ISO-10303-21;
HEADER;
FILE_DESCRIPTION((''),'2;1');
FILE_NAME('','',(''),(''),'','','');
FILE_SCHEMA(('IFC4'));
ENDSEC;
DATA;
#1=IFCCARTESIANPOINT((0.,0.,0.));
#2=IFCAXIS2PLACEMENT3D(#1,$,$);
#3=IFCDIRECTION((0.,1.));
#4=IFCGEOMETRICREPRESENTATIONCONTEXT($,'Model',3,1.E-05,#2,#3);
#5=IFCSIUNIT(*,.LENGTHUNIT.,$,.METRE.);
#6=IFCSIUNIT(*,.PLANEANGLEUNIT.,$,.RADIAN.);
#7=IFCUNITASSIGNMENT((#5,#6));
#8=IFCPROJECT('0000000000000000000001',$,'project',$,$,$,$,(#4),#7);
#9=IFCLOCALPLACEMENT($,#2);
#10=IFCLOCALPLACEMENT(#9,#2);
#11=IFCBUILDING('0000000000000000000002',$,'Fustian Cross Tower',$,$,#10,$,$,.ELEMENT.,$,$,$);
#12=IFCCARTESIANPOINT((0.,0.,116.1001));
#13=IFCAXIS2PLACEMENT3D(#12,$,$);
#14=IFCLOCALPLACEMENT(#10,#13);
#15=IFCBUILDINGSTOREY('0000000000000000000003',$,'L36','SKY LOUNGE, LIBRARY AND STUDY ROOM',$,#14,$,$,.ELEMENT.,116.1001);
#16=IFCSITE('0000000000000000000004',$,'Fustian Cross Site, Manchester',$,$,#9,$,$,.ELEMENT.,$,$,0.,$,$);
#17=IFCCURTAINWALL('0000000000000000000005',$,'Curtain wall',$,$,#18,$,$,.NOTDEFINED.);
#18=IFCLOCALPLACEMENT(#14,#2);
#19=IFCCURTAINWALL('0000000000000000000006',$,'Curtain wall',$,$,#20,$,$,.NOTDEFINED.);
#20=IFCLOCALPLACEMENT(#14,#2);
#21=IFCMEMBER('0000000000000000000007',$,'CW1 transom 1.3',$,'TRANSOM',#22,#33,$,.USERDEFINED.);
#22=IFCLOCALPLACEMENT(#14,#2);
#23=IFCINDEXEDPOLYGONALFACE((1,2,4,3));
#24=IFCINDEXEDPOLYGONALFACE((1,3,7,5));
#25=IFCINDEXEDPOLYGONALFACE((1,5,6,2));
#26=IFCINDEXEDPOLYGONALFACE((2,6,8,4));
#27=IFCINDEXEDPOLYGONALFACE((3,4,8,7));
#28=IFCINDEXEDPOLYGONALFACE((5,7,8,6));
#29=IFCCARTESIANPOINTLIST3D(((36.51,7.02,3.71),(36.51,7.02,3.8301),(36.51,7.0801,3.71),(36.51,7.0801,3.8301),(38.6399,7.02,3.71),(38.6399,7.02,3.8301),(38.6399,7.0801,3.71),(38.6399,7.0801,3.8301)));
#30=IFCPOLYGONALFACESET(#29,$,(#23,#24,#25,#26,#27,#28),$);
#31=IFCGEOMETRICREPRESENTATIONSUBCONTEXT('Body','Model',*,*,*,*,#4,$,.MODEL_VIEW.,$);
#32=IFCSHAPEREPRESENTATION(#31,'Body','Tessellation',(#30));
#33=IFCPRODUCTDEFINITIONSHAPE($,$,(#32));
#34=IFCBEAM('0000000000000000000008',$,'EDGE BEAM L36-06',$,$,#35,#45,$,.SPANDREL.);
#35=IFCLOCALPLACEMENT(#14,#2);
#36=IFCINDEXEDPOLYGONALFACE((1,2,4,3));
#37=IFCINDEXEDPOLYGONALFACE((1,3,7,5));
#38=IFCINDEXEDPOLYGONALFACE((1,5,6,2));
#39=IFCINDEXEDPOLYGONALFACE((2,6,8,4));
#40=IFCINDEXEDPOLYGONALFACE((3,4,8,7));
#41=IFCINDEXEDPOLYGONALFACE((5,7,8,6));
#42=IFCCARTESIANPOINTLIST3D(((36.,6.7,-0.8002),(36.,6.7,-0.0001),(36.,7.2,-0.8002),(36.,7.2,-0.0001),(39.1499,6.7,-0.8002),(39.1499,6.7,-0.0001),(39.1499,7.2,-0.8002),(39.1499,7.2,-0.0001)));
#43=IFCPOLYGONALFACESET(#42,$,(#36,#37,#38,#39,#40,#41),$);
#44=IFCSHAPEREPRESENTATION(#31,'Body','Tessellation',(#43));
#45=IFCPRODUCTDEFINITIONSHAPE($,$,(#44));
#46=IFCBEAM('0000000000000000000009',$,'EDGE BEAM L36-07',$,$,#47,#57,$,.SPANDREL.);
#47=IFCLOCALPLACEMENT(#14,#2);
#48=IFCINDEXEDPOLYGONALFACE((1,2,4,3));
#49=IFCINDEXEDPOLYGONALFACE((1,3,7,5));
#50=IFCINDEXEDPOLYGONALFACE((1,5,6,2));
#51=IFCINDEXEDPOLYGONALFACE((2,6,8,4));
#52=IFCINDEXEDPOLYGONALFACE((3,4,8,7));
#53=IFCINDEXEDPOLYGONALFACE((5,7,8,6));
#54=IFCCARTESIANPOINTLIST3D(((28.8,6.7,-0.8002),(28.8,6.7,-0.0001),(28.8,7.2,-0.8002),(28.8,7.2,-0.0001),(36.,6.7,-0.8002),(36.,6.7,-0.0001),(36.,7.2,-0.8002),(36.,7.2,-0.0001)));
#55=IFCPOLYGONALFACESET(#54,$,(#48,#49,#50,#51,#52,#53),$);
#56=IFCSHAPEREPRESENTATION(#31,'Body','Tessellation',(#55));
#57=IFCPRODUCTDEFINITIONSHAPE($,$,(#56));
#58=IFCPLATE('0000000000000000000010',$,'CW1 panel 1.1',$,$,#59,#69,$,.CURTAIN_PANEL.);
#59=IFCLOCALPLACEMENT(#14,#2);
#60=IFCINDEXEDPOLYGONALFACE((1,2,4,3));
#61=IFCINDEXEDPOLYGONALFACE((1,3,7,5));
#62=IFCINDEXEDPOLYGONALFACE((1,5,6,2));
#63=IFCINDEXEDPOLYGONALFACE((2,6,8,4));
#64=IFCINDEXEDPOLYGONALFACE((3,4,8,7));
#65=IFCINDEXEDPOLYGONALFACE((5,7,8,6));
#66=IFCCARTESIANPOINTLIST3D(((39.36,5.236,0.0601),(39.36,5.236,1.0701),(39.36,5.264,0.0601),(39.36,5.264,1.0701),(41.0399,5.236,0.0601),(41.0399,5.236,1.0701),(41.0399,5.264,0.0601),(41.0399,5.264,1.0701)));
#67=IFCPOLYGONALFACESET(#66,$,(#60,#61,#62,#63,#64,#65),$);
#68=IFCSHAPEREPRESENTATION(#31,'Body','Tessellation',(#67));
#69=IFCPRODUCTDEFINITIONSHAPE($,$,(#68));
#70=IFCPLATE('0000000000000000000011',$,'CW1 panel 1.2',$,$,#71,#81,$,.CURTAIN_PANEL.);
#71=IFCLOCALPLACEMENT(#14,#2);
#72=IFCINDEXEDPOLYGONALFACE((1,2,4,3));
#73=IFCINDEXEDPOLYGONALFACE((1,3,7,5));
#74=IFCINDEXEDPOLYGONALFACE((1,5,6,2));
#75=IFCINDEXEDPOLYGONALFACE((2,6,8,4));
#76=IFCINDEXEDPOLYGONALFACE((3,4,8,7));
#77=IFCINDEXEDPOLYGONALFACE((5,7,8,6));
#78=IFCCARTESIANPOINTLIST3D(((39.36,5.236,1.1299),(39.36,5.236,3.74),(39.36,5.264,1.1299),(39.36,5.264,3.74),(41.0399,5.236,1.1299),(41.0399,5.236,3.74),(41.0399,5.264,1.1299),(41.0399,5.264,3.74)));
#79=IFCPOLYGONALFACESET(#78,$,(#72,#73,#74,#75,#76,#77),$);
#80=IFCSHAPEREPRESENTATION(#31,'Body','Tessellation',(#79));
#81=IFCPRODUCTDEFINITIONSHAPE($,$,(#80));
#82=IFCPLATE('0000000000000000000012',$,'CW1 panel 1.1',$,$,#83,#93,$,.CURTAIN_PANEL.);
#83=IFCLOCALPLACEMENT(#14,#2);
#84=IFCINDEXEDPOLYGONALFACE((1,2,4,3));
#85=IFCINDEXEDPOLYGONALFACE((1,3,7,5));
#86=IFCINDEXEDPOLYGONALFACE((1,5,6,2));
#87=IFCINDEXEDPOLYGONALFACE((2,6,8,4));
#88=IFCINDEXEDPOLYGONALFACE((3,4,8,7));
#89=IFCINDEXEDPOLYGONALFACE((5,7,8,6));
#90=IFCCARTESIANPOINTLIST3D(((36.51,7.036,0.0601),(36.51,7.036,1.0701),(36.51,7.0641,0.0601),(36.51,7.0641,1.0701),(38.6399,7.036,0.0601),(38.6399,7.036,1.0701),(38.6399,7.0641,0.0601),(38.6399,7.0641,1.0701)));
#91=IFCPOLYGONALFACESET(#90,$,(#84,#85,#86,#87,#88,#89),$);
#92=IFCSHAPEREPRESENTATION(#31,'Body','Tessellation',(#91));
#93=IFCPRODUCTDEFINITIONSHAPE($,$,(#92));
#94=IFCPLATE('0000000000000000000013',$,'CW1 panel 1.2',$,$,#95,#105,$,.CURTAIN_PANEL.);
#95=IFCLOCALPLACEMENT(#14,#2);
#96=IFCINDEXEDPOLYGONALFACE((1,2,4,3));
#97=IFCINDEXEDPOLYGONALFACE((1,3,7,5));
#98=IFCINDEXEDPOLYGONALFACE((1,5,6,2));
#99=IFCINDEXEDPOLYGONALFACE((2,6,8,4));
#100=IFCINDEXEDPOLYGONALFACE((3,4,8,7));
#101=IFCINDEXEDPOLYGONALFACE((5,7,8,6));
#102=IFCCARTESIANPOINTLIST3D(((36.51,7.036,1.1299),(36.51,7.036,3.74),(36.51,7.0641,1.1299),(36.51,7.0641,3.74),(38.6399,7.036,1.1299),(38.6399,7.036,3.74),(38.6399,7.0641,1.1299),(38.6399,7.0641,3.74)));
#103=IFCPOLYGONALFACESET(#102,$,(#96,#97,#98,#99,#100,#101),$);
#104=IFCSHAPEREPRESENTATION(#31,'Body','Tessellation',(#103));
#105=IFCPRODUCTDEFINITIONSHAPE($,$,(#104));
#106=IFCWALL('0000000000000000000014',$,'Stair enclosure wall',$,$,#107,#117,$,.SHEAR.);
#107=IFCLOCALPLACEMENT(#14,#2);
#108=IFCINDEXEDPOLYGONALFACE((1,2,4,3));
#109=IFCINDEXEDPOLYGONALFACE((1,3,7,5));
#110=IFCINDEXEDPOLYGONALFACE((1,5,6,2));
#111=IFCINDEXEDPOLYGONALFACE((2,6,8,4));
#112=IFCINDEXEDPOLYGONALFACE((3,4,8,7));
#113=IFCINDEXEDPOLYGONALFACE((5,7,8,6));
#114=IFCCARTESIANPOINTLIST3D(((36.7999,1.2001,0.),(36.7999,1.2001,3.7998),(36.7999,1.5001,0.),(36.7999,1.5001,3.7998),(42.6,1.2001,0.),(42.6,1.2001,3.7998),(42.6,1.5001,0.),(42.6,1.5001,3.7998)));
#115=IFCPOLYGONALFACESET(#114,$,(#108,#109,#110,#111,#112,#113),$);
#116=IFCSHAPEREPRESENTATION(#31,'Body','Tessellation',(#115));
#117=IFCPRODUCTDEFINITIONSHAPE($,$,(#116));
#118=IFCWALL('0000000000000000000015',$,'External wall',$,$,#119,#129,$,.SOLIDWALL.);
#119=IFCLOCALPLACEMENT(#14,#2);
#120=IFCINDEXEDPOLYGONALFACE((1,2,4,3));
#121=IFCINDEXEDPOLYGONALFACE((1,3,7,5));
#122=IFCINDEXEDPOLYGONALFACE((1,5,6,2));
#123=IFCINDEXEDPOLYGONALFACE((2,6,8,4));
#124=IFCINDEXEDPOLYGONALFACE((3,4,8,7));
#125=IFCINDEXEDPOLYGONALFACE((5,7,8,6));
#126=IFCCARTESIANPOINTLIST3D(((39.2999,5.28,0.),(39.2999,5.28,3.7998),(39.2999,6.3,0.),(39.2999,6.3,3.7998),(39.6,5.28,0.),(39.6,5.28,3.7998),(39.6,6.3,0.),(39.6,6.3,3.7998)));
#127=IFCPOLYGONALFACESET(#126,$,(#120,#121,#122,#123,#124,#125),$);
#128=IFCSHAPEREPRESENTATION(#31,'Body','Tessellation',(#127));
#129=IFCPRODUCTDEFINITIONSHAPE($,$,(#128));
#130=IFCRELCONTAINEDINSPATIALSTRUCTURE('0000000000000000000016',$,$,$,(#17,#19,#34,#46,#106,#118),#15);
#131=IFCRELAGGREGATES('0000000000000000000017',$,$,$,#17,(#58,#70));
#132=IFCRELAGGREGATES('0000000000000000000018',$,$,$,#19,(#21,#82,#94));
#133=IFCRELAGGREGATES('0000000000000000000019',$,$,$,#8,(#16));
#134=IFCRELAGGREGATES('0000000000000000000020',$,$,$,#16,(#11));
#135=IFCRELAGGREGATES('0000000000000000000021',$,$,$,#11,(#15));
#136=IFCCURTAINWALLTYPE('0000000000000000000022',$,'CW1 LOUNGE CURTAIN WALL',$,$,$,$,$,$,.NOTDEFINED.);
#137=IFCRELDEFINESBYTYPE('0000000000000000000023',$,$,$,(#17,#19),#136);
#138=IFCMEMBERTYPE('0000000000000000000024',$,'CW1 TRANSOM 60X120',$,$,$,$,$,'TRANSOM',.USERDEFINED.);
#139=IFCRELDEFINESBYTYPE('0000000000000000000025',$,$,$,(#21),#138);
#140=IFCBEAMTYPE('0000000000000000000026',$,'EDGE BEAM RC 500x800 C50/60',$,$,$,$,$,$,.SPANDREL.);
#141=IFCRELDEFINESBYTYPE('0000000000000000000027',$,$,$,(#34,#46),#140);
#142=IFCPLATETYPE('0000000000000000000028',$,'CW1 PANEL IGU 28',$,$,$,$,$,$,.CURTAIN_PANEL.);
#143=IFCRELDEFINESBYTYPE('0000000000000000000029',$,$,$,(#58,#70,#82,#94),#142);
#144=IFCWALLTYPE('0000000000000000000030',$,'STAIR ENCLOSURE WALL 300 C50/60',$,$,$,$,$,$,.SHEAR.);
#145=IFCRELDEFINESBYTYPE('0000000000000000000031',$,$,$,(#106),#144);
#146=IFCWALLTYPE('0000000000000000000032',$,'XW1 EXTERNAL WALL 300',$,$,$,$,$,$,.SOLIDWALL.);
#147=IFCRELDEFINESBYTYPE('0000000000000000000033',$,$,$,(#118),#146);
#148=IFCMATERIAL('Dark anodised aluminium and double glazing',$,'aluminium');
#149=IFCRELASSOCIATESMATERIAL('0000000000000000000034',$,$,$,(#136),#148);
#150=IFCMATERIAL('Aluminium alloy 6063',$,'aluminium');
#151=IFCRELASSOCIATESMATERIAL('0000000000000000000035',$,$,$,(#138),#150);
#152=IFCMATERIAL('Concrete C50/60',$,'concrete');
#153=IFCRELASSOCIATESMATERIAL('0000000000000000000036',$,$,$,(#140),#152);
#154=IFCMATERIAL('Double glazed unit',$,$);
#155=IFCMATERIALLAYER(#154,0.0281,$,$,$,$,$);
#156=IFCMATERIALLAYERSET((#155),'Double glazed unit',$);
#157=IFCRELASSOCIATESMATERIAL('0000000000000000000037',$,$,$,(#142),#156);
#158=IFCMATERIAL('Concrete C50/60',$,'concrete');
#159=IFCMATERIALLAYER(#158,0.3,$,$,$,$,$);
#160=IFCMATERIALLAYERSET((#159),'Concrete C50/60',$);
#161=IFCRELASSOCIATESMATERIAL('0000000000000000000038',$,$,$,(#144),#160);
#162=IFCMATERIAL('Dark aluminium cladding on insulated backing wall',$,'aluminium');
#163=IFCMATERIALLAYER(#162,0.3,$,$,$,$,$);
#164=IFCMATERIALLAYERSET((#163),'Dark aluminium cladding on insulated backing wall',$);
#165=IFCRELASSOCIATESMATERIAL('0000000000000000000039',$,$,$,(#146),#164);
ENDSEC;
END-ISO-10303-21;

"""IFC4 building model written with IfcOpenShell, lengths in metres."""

from ifc_helpers import new_model, si_unit, direction, frame, frame_2d, origin, origin_2d, place, context, subcontext, project, spatial, rectangle, extrude, material, layer, layer_set, material_profile, profile_set, type_object, element, aggregate, save


model = new_model("IFC4")

# Units and contexts
model_context = context("Model", 3, precision=1e-05, world=origin(), true_north=direction((0.0, 1.0)))
body_context = subcontext(model_context, "Body", "Model", "MODEL_VIEW")
ifc_project = project(units=[si_unit("LENGTHUNIT", "METRE"), si_unit("PLANEANGLEUNIT", "RADIAN")], contexts=[model_context])

# Site, building, storey
site_placement = place(None, origin())
site = spatial("IfcSite", under=ifc_project, at=site_placement, Name="Fustian Cross Site, Manchester", CompositionType="ELEMENT", RefElevation=0.0)
building_placement = place(site_placement, origin())
building = spatial("IfcBuilding", under=site, at=building_placement, Name="Fustian Cross Tower", CompositionType="ELEMENT")
storey_placement = place(building_placement, frame((0.0, 0.0, 116.1001)))
storey = spatial("IfcBuildingStorey", under=building, at=storey_placement, Name="L36", Description="SKY LOUNGE, LIBRARY AND STUDY ROOM", CompositionType="ELEMENT", Elevation=116.1001)

# Shared definitions
ifc_material_1 = material(Name="Dark anodised aluminium and double glazing", Category="aluminium")
curtain_wall_type = type_object("IfcCurtainWallType", Name="CW1 LOUNGE CURTAIN WALL", PredefinedType="NOTDEFINED", material=ifc_material_1)

# Curtain walls
curtain_wall_1_placement = place(storey_placement, origin())
curtain_wall_1 = element("IfcCurtainWall", 1, at=curtain_wall_1_placement, inside=storey, type_object=curtain_wall_type, Name="Curtain wall", PredefinedType="NOTDEFINED")
curtain_wall_2_placement = place(storey_placement, origin())
curtain_wall_2 = element("IfcCurtainWall", 2, at=curtain_wall_2_placement, inside=storey, type_object=curtain_wall_type, Name="Curtain wall", PredefinedType="NOTDEFINED")

# Member
ifc_material_2 = material(Name="Aluminium alloy 6063", Category="aluminium")
ifc_material_profile_1 = material_profile(ifc_material_2, rectangle(XDim=0.0601, YDim=0.1201, at=origin_2d()), Name="CW1 TRANSOM 60X120")
ifc_profile_set_1 = profile_set([ifc_material_profile_1], Name="Aluminium alloy 6063")
member_type_1 = type_object("IfcMemberType", Name="CW1 TRANSOM 60X120", ElementType="TRANSOM", PredefinedType="USERDEFINED", material=ifc_profile_set_1)
member_1_placement = place(storey_placement, frame((38.6399, 7.05, 3.77), z_axis=(-1.0, 0.0, 0.0), x_axis=(0.0, -1.0, 0.0)))
member_1 = element("IfcMember", 3, at=member_1_placement, type_object=member_type_1, Name="CW1 transom 1.3", ObjectType="TRANSOM", PredefinedType="USERDEFINED", context=body_context, shape_type="SweptSolid", body=[
    extrude(rectangle(XDim=0.0601, YDim=0.1201, at=origin_2d()), origin(), (0.0, 0.0, 1.0), 2.1299),
])

# Beams
ifc_material_3 = material(Name="Concrete C50/60", Category="concrete")
ifc_material_profile_2 = material_profile(ifc_material_3, rectangle(XDim=0.5, YDim=0.8, at=origin_2d()), Name="RC 500x800")
ifc_profile_set_2 = profile_set([ifc_material_profile_2], Name="Concrete C50/60")
beam_type = type_object("IfcBeamType", Name="EDGE BEAM RC 500x800 C50/60", PredefinedType="SPANDREL", material=ifc_profile_set_2)
beam_1_placement = place(storey_placement, frame((39.1499, 6.95, -0.4001), z_axis=(-1.0, 0.0, 0.0), x_axis=(0.0, -1.0, 0.0)))
element("IfcBeam", 4, at=beam_1_placement, inside=storey, type_object=beam_type, Name="EDGE BEAM L36-06", PredefinedType="SPANDREL", context=body_context, shape_type="SweptSolid", body=[
    extrude(rectangle(XDim=0.5, YDim=0.8, at=origin_2d()), origin(), (0.0, 0.0, 1.0), 3.1499),
])
beam_2_placement = place(storey_placement, frame((36.0, 6.95, -0.4001), z_axis=(-1.0, 0.0, 0.0), x_axis=(0.0, -1.0, 0.0)))
element("IfcBeam", 5, at=beam_2_placement, inside=storey, type_object=beam_type, Name="EDGE BEAM L36-07", PredefinedType="SPANDREL", context=body_context, shape_type="SweptSolid", body=[
    extrude(rectangle(XDim=0.5, YDim=0.8, at=origin_2d()), origin(), (0.0, 0.0, 1.0), 7.2),
])

# Plates
ifc_material_4 = material(Name="Double glazed unit")
ifc_layer_1 = layer(ifc_material_4, 0.0281)
ifc_layer_set_1 = layer_set([ifc_layer_1], Name="Double glazed unit")
plate_type = type_object("IfcPlateType", Name="CW1 PANEL IGU 28", PredefinedType="CURTAIN_PANEL", material=ifc_layer_set_1)
plate_1_placement = place(storey_placement, frame((40.2, 5.25, 0.0601), z_axis=(0.0, 0.0, 1.0), x_axis=(-1.0, 0.0, 0.0)))
plate_1 = element("IfcPlate", 6, at=plate_1_placement, type_object=plate_type, Name="CW1 panel 1.1", PredefinedType="CURTAIN_PANEL", context=body_context, shape_type="SweptSolid", body=[
    extrude(rectangle(XDim=1.6799, YDim=0.0281, at=origin_2d()), origin(), (0.0, 0.0, 1.0), 1.01),
])
plate_2_placement = place(storey_placement, frame((40.2, 5.25, 1.1299), z_axis=(0.0, 0.0, 1.0), x_axis=(-1.0, 0.0, 0.0)))
plate_2 = element("IfcPlate", 7, at=plate_2_placement, type_object=plate_type, Name="CW1 panel 1.2", PredefinedType="CURTAIN_PANEL", context=body_context, shape_type="SweptSolid", body=[
    extrude(rectangle(XDim=1.6799, YDim=0.0281, at=origin_2d()), origin(), (0.0, 0.0, 1.0), 2.6101),
])
aggregate(curtain_wall_1, [plate_1, plate_2])
plate_3_placement = place(storey_placement, frame((37.575, 7.05, 0.0601), z_axis=(0.0, 0.0, 1.0), x_axis=(-1.0, 0.0, 0.0)))
plate_3 = element("IfcPlate", 8, at=plate_3_placement, type_object=plate_type, Name="CW1 panel 1.1", PredefinedType="CURTAIN_PANEL", context=body_context, shape_type="SweptSolid", body=[
    extrude(rectangle(XDim=2.1299, YDim=0.0281, at=origin_2d()), origin(), (0.0, 0.0, 1.0), 1.01),
])
plate_4_placement = place(storey_placement, frame((37.575, 7.05, 1.1299), z_axis=(0.0, 0.0, 1.0), x_axis=(-1.0, 0.0, 0.0)))
plate_4 = element("IfcPlate", 9, at=plate_4_placement, type_object=plate_type, Name="CW1 panel 1.2", PredefinedType="CURTAIN_PANEL", context=body_context, shape_type="SweptSolid", body=[
    extrude(rectangle(XDim=2.1299, YDim=0.0281, at=origin_2d()), origin(), (0.0, 0.0, 1.0), 2.6101),
])
aggregate(curtain_wall_2, [member_1, plate_3, plate_4])

# Walls
ifc_material_5 = material(Name="Concrete C50/60", Category="concrete")
ifc_layer_2 = layer(ifc_material_5, 0.3)
ifc_layer_set_2 = layer_set([ifc_layer_2], Name="Concrete C50/60")
wall_type_1 = type_object("IfcWallType", Name="STAIR ENCLOSURE WALL 300 C50/60", PredefinedType="SHEAR", material=ifc_layer_set_2)
wall_1_placement = place(storey_placement, frame((36.8, 1.3501, 0.0), z_axis=(0.0, 0.0, 1.0), x_axis=(1.0, 0.0, 0.0)))
element("IfcWall", 10, at=wall_1_placement, inside=storey, type_object=wall_type_1, Name="Stair enclosure wall", PredefinedType="SHEAR", context=body_context, shape_type="SweptSolid", body=[
    extrude(rectangle(XDim=5.8, YDim=0.3, at=frame_2d((2.8999, 0.0))), origin(), (0.0, 0.0, 1.0), 3.7998),
])
ifc_material_6 = material(Name="Dark aluminium cladding on insulated backing wall", Category="aluminium")
ifc_layer_3 = layer(ifc_material_6, 0.3)
ifc_layer_set_3 = layer_set([ifc_layer_3], Name="Dark aluminium cladding on insulated backing wall")
wall_type_2 = type_object("IfcWallType", Name="XW1 EXTERNAL WALL 300", PredefinedType="SOLIDWALL", material=ifc_layer_set_3)
wall_2_placement = place(storey_placement, frame((39.45, 5.28, 0.0), z_axis=(0.0, 0.0, 1.0), x_axis=(0.0, 1.0, 0.0)))
element("IfcWall", 11, at=wall_2_placement, inside=storey, type_object=wall_type_2, Name="External wall", PredefinedType="SOLIDWALL", context=body_context, shape_type="SweptSolid", body=[
    extrude(rectangle(XDim=1.02, YDim=0.3, at=frame_2d((0.51, 0.0))), origin(), (0.0, 0.0, 1.0), 3.7998),
])

save(model, "model.ifc")
